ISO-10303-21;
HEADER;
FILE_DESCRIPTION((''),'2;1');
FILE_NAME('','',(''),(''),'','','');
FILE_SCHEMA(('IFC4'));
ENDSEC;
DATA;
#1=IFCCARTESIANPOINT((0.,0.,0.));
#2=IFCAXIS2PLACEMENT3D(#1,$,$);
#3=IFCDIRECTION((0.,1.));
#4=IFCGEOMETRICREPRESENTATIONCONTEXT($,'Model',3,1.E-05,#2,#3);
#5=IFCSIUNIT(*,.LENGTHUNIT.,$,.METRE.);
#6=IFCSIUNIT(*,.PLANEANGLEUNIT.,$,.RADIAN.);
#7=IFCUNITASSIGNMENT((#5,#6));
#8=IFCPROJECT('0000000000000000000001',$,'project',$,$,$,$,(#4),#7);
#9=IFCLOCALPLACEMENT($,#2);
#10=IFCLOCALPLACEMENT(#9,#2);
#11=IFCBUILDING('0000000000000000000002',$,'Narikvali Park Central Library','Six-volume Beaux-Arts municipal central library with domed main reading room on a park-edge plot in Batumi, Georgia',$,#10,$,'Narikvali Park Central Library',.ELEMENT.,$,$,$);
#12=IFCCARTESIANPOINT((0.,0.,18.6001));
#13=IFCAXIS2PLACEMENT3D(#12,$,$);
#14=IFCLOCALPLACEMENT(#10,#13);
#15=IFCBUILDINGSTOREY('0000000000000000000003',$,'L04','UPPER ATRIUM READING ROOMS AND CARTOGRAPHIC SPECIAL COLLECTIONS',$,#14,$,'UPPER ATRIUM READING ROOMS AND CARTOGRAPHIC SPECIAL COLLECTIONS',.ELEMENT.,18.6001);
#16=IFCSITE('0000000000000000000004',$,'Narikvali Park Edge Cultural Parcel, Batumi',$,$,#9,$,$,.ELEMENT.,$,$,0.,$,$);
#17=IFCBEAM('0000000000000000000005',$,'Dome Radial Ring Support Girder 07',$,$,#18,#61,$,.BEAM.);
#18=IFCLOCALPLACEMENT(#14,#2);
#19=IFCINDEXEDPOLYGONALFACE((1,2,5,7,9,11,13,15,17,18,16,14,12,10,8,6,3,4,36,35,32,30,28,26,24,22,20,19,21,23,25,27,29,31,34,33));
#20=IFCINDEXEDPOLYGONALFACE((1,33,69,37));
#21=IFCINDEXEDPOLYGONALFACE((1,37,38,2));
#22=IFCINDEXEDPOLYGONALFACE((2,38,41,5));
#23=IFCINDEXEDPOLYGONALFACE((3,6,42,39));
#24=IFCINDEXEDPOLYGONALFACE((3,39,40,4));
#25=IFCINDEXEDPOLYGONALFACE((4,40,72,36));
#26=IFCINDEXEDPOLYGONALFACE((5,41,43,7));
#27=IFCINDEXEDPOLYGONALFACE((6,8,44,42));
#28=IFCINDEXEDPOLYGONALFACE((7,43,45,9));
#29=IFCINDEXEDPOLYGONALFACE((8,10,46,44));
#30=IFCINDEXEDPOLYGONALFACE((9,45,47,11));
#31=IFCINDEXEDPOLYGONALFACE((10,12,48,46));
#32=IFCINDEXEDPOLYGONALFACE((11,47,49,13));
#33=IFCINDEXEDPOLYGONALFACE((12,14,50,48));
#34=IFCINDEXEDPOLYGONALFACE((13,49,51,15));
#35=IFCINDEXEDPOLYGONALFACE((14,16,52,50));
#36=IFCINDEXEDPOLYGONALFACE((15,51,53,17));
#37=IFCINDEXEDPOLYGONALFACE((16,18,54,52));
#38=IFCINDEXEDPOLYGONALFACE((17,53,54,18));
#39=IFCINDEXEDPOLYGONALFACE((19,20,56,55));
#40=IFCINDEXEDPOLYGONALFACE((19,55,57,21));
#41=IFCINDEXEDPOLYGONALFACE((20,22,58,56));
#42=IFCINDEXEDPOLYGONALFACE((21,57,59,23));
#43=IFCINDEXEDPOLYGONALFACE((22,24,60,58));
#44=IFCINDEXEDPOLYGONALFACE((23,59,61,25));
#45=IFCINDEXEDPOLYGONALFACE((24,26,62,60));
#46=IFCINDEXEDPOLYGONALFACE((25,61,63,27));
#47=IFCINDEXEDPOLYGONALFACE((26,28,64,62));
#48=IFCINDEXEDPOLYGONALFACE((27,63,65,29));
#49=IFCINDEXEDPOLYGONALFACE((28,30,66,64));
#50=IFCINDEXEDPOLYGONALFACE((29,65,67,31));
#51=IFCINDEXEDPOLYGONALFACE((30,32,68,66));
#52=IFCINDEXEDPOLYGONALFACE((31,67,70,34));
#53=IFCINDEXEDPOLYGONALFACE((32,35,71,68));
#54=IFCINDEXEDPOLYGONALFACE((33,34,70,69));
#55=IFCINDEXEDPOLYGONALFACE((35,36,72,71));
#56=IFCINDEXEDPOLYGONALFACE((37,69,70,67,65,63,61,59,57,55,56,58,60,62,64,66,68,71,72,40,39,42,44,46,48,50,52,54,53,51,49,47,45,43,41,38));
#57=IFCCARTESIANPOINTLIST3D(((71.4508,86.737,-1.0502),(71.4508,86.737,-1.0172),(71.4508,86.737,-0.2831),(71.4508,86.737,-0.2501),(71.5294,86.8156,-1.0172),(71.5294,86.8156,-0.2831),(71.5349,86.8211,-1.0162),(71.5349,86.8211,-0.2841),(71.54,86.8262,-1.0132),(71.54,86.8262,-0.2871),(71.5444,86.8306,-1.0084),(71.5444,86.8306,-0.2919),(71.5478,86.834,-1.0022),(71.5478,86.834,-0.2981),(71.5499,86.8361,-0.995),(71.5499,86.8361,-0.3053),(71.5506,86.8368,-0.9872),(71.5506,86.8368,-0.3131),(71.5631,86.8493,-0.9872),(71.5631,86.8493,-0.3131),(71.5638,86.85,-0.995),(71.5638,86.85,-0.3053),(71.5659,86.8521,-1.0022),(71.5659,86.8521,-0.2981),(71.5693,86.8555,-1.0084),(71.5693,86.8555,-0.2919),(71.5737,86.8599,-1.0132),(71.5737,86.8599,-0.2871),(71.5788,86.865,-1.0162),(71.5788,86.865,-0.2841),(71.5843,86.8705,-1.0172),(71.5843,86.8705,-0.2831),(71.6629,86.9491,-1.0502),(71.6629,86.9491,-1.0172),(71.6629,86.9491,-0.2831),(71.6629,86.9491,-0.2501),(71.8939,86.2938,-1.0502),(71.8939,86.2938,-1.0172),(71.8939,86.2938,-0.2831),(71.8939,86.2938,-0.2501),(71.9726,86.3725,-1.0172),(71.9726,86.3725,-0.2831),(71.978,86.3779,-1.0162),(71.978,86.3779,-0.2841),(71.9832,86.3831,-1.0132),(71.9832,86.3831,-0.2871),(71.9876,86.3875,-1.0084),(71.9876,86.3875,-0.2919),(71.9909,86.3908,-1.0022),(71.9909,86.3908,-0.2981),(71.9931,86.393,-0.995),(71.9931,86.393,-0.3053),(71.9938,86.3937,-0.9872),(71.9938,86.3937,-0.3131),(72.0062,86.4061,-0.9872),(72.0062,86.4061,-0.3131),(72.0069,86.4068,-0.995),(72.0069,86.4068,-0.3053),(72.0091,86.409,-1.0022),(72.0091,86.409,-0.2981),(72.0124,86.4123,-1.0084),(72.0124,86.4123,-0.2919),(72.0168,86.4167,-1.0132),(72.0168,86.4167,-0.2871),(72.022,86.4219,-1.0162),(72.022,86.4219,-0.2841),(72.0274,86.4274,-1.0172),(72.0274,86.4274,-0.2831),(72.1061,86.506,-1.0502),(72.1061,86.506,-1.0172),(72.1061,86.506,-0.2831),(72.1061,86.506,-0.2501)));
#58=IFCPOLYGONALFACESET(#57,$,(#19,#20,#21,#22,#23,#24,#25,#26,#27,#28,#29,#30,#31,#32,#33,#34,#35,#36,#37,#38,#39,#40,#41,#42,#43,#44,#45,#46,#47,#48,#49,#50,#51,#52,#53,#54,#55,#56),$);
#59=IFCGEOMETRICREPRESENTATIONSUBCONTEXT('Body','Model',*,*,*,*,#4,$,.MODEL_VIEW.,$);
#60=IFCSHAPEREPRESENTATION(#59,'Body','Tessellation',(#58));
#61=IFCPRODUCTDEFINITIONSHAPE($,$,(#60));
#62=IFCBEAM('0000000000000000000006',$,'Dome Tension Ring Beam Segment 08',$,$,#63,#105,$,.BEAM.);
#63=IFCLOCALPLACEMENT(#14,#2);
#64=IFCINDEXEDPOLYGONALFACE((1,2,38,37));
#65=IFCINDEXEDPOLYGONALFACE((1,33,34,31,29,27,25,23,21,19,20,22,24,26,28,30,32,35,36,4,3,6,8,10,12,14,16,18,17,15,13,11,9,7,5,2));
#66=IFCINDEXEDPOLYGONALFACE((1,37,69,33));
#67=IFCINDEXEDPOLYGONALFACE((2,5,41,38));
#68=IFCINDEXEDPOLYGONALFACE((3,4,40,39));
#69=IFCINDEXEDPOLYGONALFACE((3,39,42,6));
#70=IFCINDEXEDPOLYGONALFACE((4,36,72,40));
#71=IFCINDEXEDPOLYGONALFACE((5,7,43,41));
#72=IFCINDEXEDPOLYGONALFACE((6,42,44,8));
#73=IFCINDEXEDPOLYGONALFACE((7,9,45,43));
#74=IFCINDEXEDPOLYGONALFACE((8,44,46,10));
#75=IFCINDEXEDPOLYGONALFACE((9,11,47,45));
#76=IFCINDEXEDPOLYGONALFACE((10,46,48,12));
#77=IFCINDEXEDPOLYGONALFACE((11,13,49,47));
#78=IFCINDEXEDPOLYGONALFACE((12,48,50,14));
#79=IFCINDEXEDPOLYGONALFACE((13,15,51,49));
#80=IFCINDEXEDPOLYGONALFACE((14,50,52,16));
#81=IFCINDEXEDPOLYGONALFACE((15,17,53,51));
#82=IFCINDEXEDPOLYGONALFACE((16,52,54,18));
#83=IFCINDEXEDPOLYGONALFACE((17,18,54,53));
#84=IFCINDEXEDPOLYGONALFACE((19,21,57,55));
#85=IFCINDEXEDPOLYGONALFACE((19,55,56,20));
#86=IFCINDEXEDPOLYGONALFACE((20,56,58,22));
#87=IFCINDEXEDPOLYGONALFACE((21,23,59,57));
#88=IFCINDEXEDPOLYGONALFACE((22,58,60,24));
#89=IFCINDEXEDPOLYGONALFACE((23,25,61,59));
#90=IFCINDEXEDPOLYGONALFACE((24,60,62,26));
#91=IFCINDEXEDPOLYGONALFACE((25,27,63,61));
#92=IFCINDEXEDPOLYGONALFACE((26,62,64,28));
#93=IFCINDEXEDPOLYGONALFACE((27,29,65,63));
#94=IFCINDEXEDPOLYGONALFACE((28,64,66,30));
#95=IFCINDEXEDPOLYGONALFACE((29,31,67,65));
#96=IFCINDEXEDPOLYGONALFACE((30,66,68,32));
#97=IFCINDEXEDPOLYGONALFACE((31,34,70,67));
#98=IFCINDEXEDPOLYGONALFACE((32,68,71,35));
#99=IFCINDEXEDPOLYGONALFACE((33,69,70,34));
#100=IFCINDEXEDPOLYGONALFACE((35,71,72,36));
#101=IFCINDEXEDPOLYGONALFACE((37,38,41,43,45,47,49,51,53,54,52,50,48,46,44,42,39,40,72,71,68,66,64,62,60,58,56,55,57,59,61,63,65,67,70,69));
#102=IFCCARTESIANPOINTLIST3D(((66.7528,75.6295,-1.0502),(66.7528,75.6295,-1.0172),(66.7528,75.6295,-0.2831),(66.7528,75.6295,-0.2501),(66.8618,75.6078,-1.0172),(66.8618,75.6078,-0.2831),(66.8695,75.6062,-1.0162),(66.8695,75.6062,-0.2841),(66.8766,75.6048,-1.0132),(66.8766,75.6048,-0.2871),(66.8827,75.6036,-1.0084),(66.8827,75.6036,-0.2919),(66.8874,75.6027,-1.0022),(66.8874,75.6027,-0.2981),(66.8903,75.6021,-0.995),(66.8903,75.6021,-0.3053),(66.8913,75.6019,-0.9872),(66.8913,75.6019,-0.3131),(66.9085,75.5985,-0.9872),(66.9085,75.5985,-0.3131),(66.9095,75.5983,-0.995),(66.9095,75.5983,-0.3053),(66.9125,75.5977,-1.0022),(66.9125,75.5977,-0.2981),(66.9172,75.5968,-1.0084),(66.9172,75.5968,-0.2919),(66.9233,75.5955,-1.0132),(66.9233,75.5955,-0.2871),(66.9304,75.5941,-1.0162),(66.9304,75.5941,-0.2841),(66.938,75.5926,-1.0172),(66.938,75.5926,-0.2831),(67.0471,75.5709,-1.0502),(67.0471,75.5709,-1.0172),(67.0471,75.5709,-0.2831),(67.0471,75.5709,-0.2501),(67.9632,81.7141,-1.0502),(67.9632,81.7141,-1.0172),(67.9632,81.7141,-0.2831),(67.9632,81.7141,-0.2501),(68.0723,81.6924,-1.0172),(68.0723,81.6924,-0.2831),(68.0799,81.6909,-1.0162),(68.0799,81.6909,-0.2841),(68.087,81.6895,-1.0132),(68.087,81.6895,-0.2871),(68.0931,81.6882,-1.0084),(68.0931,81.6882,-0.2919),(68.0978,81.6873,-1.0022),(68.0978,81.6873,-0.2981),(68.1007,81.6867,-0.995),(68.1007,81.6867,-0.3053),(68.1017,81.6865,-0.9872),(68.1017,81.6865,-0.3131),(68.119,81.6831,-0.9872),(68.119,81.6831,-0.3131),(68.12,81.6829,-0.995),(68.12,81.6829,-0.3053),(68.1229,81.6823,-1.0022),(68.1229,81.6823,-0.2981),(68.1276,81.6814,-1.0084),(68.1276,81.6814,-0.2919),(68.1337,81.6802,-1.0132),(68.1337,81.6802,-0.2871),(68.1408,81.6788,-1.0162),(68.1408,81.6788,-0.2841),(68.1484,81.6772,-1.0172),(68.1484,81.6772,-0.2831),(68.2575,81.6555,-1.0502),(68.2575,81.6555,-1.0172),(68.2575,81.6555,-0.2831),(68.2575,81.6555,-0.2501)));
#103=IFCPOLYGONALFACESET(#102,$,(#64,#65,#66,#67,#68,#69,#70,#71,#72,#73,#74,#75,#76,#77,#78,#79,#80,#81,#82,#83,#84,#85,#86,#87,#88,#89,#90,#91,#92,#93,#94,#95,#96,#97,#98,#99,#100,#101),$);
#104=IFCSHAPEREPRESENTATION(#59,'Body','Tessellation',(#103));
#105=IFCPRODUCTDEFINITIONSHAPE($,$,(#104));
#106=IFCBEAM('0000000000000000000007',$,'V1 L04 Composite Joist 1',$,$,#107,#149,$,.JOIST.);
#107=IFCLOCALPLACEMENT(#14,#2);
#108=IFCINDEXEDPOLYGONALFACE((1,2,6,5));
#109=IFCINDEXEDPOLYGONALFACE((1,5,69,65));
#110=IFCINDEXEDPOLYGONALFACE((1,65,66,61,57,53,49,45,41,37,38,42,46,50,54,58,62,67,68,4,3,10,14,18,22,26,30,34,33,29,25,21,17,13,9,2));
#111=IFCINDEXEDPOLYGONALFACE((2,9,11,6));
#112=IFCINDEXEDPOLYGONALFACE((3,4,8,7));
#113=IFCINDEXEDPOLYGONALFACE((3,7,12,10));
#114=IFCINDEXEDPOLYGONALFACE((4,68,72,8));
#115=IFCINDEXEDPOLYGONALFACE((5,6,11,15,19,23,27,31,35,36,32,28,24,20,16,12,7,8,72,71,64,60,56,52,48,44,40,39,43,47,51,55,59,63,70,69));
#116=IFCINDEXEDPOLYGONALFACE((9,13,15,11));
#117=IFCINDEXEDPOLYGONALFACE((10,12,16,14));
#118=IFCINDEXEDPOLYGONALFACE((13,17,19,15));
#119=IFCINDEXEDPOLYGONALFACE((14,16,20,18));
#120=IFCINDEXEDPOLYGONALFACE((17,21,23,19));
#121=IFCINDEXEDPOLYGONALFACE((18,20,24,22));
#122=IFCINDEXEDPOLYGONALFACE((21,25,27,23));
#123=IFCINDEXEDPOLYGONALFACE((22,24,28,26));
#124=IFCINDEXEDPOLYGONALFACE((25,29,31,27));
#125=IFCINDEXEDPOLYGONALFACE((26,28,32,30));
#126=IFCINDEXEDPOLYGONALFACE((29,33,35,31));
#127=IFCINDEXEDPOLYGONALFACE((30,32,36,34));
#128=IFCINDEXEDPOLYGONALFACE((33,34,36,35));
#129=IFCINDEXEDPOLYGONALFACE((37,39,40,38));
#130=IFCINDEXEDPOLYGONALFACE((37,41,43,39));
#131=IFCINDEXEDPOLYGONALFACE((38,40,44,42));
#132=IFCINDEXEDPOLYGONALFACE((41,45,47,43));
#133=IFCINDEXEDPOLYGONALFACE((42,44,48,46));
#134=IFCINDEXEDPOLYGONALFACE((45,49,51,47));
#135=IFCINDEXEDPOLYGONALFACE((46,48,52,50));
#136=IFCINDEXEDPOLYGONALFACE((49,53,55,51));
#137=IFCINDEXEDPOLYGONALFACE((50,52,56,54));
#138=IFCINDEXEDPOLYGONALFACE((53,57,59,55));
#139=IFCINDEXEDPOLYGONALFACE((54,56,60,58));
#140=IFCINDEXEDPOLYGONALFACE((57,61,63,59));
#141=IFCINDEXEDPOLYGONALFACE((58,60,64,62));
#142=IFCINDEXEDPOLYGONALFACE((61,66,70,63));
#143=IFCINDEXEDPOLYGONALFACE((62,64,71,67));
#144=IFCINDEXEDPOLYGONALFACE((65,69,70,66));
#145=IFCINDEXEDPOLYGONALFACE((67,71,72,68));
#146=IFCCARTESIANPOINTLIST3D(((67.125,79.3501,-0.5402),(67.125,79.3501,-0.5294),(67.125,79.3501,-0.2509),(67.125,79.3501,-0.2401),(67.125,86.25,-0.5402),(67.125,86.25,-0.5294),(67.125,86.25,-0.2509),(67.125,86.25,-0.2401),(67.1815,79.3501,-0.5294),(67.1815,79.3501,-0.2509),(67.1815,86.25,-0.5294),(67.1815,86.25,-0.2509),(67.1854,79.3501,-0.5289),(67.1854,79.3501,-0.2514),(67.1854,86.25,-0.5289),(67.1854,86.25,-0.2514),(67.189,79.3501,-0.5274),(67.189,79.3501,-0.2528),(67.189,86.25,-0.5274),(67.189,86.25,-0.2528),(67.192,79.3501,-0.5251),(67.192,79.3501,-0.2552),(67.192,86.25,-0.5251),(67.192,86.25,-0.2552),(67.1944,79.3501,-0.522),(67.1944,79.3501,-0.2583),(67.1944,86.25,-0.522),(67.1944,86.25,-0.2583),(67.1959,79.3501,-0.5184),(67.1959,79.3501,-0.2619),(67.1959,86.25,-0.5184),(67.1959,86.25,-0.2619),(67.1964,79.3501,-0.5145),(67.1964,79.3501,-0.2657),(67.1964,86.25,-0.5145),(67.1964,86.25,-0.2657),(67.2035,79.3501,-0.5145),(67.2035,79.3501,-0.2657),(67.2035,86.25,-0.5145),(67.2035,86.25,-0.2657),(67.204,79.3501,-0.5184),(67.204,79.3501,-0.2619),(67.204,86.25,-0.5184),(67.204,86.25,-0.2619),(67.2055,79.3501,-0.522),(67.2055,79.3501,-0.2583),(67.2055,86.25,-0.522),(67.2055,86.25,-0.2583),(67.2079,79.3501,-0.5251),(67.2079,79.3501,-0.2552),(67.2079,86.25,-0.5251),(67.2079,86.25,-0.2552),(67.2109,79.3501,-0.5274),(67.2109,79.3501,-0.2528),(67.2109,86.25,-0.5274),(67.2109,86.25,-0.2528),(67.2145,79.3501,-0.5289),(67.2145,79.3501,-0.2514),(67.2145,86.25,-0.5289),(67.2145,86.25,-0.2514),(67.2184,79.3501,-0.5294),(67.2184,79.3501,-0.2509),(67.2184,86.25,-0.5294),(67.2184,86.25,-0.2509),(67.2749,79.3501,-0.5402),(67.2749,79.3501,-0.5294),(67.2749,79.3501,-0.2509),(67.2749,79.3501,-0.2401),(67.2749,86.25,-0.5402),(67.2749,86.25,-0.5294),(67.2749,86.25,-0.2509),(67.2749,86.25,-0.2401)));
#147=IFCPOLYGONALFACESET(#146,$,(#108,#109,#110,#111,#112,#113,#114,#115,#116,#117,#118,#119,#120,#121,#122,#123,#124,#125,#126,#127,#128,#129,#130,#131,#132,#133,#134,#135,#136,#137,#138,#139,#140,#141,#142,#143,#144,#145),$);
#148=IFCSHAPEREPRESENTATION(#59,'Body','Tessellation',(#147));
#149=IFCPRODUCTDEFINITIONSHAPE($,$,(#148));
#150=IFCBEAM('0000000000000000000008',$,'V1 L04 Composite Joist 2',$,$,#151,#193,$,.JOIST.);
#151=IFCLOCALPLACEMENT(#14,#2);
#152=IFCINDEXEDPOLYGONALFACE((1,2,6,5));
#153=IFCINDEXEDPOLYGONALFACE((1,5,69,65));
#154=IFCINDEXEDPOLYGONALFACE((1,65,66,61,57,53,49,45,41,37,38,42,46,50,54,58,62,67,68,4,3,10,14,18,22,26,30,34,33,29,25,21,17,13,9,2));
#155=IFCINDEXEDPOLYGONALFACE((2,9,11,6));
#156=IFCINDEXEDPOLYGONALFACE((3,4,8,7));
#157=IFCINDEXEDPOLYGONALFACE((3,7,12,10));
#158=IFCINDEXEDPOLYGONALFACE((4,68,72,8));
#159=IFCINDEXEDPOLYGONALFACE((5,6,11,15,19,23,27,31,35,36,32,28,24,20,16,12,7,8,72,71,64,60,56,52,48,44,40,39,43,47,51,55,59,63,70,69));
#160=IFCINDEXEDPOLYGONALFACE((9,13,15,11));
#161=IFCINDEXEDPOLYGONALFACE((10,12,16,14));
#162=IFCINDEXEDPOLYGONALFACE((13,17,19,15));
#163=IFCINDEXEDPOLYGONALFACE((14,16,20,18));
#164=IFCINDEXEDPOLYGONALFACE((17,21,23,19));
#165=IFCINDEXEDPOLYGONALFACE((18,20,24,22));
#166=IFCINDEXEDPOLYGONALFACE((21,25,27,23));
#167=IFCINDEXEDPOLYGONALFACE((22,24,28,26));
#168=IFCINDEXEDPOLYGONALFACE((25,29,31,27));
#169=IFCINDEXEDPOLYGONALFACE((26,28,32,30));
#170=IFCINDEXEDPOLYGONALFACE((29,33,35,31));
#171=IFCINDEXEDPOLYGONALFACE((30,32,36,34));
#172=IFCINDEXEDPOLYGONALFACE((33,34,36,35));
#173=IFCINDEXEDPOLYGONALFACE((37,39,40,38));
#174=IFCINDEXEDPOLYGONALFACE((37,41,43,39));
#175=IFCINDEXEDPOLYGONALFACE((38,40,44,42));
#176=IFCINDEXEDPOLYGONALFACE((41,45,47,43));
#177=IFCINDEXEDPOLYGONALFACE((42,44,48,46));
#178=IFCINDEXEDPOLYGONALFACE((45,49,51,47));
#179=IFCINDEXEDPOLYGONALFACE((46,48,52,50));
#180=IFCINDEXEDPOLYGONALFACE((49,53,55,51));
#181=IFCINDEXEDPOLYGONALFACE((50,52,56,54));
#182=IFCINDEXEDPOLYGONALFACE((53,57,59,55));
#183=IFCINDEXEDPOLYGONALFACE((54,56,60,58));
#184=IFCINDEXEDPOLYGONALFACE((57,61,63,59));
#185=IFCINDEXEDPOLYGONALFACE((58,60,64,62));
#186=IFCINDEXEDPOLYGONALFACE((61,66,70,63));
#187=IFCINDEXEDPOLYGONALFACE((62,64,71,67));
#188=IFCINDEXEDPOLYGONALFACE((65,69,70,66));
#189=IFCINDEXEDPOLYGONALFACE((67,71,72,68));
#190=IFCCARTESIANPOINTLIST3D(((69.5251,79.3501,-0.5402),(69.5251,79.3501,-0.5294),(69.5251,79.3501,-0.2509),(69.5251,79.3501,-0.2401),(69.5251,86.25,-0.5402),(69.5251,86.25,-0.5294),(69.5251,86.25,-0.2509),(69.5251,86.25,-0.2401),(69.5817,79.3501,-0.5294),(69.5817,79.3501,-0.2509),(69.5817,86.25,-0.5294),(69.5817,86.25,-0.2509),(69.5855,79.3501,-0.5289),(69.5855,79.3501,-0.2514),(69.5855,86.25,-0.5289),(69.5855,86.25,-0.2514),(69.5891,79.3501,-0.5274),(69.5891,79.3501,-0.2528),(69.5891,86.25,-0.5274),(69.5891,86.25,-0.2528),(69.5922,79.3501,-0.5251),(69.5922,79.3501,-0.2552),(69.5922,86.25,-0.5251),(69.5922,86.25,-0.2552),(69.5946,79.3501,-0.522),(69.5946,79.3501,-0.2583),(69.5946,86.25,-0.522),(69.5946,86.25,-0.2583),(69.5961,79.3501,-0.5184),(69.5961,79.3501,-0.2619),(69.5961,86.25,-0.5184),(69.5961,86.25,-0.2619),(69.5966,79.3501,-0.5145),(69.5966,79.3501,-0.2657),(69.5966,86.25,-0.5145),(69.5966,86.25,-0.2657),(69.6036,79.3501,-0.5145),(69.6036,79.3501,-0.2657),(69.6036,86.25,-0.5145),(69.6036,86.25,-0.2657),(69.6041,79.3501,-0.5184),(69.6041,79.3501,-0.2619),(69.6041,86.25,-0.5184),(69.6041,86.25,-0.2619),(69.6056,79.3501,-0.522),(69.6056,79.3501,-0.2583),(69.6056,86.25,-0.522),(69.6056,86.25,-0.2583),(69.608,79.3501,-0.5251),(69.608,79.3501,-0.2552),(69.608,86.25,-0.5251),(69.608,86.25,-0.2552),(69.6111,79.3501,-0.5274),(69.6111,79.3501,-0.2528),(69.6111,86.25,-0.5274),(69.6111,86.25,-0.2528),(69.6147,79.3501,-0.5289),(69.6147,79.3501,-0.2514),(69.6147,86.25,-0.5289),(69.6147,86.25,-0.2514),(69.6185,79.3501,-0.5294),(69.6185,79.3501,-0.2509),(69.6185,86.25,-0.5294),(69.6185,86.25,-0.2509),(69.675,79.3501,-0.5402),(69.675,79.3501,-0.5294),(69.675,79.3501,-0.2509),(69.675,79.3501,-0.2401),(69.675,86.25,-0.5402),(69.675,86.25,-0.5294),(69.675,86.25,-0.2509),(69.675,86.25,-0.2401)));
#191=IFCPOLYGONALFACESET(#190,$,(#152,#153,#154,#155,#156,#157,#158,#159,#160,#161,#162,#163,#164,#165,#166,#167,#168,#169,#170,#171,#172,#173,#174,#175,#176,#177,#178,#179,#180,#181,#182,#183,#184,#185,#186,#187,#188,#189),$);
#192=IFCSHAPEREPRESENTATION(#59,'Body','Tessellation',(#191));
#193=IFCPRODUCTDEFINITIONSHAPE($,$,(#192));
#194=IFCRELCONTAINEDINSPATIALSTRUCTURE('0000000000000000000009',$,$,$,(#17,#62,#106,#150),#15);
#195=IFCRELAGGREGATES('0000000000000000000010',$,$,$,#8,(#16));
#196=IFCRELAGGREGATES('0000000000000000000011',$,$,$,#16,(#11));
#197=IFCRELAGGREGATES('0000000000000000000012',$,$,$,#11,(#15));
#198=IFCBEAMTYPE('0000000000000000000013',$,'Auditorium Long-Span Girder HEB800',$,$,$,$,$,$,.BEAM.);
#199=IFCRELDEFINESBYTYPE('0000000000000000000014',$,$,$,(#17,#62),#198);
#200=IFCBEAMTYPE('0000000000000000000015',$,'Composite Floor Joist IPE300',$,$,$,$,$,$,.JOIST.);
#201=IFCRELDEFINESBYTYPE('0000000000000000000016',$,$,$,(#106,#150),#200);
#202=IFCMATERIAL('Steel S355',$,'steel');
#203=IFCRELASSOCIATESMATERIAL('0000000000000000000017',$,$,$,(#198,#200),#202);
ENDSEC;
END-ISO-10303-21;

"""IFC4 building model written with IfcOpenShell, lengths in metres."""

from ifc_helpers import new_model, si_unit, direction, frame, origin, origin_2d, place, context, subcontext, project, spatial, i_section, extrude, material, material_profile, profile_set, type_object, element, save


model = new_model("IFC4")

# Units and contexts
model_context = context("Model", 3, precision=1e-05, world=origin(), true_north=direction((0.0, 1.0)))
body_context = subcontext(model_context, "Body", "Model", "MODEL_VIEW")
ifc_project = project(units=[si_unit("LENGTHUNIT", "METRE"), si_unit("PLANEANGLEUNIT", "RADIAN")], contexts=[model_context])

# Site, building, storey
site_placement = place(None, origin())
site = spatial("IfcSite", under=ifc_project, at=site_placement, Name="Narikvali Park Edge Cultural Parcel, Batumi", CompositionType="ELEMENT", RefElevation=0.0)
building_placement = place(site_placement, origin())
building = spatial("IfcBuilding", under=site, at=building_placement, Name="Narikvali Park Central Library", Description="Six-volume Beaux-Arts municipal central library with domed main reading room on a park-edge plot in Batumi, Georgia", LongName="Narikvali Park Central Library", CompositionType="ELEMENT")
storey_placement = place(building_placement, frame((0.0, 0.0, 18.6001)))
storey = spatial("IfcBuildingStorey", under=building, at=storey_placement, Name="L04", Description="UPPER ATRIUM READING ROOMS AND CARTOGRAPHIC SPECIAL COLLECTIONS", LongName="UPPER ATRIUM READING ROOMS AND CARTOGRAPHIC SPECIAL COLLECTIONS", CompositionType="ELEMENT", Elevation=18.6001)

# Beams
ifc_material_1 = material(Name="Steel S355", Category="steel")
ifc_material_profile_1 = material_profile(ifc_material_1, i_section(OverallWidth=0.3, OverallDepth=0.8, WebThickness=0.0176, FlangeThickness=0.033, FilletRadius=0.03, at=origin_2d()), Name="HEB 800")
ifc_profile_set_1 = profile_set([ifc_material_profile_1], Name="Steel S355")
beam_type_1 = type_object("IfcBeamType", Name="Auditorium Long-Span Girder HEB800", PredefinedType="BEAM", material=ifc_profile_set_1)
beam_1_placement = place(storey_placement, frame((72.0, 86.3999, -0.6501), z_axis=(-0.707107, 0.707107, 0.0), x_axis=(-0.707107, -0.707107, 0.0)))
element("IfcBeam", 1, at=beam_1_placement, inside=storey, type_object=beam_type_1, Name="Dome Radial Ring Support Girder 07", PredefinedType="BEAM", context=body_context, shape_type="SweptSolid", body=[
    extrude(i_section(OverallWidth=0.3, OverallDepth=0.8, WebThickness=0.0176, FlangeThickness=0.033, FilletRadius=0.03, at=origin_2d()), origin(), (0.0, 0.0, 1.0), 0.6267),
])
beam_2_placement = place(storey_placement, frame((68.1104, 81.6848, -0.6501), z_axis=(-0.19511, -0.980781, 0.0), x_axis=(0.980781, -0.19511, 0.0)))
element("IfcBeam", 2, at=beam_2_placement, inside=storey, type_object=beam_type_1, Name="Dome Tension Ring Beam Segment 08", PredefinedType="BEAM", context=body_context, shape_type="SweptSolid", body=[
    extrude(i_section(OverallWidth=0.3, OverallDepth=0.8, WebThickness=0.0176, FlangeThickness=0.033, FilletRadius=0.03, at=origin_2d()), origin(), (0.0, 0.0, 1.0), 6.2039),
])
ifc_material_profile_2 = material_profile(ifc_material_1, i_section(OverallWidth=0.1499, OverallDepth=0.3, WebThickness=0.0071, FlangeThickness=0.0107, FilletRadius=0.0149, at=origin_2d()), Name="IPE 300")
ifc_profile_set_2 = profile_set([ifc_material_profile_2], Name="Steel S355")
beam_type_2 = type_object("IfcBeamType", Name="Composite Floor Joist IPE300", PredefinedType="JOIST", material=ifc_profile_set_2)
for number, where, z_axis, x_axis, name in (
    (3, (67.2, 79.3501, -0.3901), (0.0, 1.0, 0.0), (-1.0, 0.0, 0.0), "V1 L04 Composite Joist 1"),
    (4, (69.6001, 79.3501, -0.3901), (0.0, 1.0, 0.0), (-1.0, 0.0, 0.0), "V1 L04 Composite Joist 2"),
):
    element("IfcBeam", number, at=place(storey_placement, frame(where, z_axis=z_axis, x_axis=x_axis)), inside=storey, type_object=beam_type_2, Name=name, PredefinedType="JOIST", context=body_context, shape_type="SweptSolid", body=[
        extrude(i_section(OverallWidth=0.1499, OverallDepth=0.3, WebThickness=0.0071, FlangeThickness=0.0107, FilletRadius=0.0149, at=origin_2d()), origin(), (0.0, 0.0, 1.0), 6.8999),
    ])

save(model, "model.ifc")
